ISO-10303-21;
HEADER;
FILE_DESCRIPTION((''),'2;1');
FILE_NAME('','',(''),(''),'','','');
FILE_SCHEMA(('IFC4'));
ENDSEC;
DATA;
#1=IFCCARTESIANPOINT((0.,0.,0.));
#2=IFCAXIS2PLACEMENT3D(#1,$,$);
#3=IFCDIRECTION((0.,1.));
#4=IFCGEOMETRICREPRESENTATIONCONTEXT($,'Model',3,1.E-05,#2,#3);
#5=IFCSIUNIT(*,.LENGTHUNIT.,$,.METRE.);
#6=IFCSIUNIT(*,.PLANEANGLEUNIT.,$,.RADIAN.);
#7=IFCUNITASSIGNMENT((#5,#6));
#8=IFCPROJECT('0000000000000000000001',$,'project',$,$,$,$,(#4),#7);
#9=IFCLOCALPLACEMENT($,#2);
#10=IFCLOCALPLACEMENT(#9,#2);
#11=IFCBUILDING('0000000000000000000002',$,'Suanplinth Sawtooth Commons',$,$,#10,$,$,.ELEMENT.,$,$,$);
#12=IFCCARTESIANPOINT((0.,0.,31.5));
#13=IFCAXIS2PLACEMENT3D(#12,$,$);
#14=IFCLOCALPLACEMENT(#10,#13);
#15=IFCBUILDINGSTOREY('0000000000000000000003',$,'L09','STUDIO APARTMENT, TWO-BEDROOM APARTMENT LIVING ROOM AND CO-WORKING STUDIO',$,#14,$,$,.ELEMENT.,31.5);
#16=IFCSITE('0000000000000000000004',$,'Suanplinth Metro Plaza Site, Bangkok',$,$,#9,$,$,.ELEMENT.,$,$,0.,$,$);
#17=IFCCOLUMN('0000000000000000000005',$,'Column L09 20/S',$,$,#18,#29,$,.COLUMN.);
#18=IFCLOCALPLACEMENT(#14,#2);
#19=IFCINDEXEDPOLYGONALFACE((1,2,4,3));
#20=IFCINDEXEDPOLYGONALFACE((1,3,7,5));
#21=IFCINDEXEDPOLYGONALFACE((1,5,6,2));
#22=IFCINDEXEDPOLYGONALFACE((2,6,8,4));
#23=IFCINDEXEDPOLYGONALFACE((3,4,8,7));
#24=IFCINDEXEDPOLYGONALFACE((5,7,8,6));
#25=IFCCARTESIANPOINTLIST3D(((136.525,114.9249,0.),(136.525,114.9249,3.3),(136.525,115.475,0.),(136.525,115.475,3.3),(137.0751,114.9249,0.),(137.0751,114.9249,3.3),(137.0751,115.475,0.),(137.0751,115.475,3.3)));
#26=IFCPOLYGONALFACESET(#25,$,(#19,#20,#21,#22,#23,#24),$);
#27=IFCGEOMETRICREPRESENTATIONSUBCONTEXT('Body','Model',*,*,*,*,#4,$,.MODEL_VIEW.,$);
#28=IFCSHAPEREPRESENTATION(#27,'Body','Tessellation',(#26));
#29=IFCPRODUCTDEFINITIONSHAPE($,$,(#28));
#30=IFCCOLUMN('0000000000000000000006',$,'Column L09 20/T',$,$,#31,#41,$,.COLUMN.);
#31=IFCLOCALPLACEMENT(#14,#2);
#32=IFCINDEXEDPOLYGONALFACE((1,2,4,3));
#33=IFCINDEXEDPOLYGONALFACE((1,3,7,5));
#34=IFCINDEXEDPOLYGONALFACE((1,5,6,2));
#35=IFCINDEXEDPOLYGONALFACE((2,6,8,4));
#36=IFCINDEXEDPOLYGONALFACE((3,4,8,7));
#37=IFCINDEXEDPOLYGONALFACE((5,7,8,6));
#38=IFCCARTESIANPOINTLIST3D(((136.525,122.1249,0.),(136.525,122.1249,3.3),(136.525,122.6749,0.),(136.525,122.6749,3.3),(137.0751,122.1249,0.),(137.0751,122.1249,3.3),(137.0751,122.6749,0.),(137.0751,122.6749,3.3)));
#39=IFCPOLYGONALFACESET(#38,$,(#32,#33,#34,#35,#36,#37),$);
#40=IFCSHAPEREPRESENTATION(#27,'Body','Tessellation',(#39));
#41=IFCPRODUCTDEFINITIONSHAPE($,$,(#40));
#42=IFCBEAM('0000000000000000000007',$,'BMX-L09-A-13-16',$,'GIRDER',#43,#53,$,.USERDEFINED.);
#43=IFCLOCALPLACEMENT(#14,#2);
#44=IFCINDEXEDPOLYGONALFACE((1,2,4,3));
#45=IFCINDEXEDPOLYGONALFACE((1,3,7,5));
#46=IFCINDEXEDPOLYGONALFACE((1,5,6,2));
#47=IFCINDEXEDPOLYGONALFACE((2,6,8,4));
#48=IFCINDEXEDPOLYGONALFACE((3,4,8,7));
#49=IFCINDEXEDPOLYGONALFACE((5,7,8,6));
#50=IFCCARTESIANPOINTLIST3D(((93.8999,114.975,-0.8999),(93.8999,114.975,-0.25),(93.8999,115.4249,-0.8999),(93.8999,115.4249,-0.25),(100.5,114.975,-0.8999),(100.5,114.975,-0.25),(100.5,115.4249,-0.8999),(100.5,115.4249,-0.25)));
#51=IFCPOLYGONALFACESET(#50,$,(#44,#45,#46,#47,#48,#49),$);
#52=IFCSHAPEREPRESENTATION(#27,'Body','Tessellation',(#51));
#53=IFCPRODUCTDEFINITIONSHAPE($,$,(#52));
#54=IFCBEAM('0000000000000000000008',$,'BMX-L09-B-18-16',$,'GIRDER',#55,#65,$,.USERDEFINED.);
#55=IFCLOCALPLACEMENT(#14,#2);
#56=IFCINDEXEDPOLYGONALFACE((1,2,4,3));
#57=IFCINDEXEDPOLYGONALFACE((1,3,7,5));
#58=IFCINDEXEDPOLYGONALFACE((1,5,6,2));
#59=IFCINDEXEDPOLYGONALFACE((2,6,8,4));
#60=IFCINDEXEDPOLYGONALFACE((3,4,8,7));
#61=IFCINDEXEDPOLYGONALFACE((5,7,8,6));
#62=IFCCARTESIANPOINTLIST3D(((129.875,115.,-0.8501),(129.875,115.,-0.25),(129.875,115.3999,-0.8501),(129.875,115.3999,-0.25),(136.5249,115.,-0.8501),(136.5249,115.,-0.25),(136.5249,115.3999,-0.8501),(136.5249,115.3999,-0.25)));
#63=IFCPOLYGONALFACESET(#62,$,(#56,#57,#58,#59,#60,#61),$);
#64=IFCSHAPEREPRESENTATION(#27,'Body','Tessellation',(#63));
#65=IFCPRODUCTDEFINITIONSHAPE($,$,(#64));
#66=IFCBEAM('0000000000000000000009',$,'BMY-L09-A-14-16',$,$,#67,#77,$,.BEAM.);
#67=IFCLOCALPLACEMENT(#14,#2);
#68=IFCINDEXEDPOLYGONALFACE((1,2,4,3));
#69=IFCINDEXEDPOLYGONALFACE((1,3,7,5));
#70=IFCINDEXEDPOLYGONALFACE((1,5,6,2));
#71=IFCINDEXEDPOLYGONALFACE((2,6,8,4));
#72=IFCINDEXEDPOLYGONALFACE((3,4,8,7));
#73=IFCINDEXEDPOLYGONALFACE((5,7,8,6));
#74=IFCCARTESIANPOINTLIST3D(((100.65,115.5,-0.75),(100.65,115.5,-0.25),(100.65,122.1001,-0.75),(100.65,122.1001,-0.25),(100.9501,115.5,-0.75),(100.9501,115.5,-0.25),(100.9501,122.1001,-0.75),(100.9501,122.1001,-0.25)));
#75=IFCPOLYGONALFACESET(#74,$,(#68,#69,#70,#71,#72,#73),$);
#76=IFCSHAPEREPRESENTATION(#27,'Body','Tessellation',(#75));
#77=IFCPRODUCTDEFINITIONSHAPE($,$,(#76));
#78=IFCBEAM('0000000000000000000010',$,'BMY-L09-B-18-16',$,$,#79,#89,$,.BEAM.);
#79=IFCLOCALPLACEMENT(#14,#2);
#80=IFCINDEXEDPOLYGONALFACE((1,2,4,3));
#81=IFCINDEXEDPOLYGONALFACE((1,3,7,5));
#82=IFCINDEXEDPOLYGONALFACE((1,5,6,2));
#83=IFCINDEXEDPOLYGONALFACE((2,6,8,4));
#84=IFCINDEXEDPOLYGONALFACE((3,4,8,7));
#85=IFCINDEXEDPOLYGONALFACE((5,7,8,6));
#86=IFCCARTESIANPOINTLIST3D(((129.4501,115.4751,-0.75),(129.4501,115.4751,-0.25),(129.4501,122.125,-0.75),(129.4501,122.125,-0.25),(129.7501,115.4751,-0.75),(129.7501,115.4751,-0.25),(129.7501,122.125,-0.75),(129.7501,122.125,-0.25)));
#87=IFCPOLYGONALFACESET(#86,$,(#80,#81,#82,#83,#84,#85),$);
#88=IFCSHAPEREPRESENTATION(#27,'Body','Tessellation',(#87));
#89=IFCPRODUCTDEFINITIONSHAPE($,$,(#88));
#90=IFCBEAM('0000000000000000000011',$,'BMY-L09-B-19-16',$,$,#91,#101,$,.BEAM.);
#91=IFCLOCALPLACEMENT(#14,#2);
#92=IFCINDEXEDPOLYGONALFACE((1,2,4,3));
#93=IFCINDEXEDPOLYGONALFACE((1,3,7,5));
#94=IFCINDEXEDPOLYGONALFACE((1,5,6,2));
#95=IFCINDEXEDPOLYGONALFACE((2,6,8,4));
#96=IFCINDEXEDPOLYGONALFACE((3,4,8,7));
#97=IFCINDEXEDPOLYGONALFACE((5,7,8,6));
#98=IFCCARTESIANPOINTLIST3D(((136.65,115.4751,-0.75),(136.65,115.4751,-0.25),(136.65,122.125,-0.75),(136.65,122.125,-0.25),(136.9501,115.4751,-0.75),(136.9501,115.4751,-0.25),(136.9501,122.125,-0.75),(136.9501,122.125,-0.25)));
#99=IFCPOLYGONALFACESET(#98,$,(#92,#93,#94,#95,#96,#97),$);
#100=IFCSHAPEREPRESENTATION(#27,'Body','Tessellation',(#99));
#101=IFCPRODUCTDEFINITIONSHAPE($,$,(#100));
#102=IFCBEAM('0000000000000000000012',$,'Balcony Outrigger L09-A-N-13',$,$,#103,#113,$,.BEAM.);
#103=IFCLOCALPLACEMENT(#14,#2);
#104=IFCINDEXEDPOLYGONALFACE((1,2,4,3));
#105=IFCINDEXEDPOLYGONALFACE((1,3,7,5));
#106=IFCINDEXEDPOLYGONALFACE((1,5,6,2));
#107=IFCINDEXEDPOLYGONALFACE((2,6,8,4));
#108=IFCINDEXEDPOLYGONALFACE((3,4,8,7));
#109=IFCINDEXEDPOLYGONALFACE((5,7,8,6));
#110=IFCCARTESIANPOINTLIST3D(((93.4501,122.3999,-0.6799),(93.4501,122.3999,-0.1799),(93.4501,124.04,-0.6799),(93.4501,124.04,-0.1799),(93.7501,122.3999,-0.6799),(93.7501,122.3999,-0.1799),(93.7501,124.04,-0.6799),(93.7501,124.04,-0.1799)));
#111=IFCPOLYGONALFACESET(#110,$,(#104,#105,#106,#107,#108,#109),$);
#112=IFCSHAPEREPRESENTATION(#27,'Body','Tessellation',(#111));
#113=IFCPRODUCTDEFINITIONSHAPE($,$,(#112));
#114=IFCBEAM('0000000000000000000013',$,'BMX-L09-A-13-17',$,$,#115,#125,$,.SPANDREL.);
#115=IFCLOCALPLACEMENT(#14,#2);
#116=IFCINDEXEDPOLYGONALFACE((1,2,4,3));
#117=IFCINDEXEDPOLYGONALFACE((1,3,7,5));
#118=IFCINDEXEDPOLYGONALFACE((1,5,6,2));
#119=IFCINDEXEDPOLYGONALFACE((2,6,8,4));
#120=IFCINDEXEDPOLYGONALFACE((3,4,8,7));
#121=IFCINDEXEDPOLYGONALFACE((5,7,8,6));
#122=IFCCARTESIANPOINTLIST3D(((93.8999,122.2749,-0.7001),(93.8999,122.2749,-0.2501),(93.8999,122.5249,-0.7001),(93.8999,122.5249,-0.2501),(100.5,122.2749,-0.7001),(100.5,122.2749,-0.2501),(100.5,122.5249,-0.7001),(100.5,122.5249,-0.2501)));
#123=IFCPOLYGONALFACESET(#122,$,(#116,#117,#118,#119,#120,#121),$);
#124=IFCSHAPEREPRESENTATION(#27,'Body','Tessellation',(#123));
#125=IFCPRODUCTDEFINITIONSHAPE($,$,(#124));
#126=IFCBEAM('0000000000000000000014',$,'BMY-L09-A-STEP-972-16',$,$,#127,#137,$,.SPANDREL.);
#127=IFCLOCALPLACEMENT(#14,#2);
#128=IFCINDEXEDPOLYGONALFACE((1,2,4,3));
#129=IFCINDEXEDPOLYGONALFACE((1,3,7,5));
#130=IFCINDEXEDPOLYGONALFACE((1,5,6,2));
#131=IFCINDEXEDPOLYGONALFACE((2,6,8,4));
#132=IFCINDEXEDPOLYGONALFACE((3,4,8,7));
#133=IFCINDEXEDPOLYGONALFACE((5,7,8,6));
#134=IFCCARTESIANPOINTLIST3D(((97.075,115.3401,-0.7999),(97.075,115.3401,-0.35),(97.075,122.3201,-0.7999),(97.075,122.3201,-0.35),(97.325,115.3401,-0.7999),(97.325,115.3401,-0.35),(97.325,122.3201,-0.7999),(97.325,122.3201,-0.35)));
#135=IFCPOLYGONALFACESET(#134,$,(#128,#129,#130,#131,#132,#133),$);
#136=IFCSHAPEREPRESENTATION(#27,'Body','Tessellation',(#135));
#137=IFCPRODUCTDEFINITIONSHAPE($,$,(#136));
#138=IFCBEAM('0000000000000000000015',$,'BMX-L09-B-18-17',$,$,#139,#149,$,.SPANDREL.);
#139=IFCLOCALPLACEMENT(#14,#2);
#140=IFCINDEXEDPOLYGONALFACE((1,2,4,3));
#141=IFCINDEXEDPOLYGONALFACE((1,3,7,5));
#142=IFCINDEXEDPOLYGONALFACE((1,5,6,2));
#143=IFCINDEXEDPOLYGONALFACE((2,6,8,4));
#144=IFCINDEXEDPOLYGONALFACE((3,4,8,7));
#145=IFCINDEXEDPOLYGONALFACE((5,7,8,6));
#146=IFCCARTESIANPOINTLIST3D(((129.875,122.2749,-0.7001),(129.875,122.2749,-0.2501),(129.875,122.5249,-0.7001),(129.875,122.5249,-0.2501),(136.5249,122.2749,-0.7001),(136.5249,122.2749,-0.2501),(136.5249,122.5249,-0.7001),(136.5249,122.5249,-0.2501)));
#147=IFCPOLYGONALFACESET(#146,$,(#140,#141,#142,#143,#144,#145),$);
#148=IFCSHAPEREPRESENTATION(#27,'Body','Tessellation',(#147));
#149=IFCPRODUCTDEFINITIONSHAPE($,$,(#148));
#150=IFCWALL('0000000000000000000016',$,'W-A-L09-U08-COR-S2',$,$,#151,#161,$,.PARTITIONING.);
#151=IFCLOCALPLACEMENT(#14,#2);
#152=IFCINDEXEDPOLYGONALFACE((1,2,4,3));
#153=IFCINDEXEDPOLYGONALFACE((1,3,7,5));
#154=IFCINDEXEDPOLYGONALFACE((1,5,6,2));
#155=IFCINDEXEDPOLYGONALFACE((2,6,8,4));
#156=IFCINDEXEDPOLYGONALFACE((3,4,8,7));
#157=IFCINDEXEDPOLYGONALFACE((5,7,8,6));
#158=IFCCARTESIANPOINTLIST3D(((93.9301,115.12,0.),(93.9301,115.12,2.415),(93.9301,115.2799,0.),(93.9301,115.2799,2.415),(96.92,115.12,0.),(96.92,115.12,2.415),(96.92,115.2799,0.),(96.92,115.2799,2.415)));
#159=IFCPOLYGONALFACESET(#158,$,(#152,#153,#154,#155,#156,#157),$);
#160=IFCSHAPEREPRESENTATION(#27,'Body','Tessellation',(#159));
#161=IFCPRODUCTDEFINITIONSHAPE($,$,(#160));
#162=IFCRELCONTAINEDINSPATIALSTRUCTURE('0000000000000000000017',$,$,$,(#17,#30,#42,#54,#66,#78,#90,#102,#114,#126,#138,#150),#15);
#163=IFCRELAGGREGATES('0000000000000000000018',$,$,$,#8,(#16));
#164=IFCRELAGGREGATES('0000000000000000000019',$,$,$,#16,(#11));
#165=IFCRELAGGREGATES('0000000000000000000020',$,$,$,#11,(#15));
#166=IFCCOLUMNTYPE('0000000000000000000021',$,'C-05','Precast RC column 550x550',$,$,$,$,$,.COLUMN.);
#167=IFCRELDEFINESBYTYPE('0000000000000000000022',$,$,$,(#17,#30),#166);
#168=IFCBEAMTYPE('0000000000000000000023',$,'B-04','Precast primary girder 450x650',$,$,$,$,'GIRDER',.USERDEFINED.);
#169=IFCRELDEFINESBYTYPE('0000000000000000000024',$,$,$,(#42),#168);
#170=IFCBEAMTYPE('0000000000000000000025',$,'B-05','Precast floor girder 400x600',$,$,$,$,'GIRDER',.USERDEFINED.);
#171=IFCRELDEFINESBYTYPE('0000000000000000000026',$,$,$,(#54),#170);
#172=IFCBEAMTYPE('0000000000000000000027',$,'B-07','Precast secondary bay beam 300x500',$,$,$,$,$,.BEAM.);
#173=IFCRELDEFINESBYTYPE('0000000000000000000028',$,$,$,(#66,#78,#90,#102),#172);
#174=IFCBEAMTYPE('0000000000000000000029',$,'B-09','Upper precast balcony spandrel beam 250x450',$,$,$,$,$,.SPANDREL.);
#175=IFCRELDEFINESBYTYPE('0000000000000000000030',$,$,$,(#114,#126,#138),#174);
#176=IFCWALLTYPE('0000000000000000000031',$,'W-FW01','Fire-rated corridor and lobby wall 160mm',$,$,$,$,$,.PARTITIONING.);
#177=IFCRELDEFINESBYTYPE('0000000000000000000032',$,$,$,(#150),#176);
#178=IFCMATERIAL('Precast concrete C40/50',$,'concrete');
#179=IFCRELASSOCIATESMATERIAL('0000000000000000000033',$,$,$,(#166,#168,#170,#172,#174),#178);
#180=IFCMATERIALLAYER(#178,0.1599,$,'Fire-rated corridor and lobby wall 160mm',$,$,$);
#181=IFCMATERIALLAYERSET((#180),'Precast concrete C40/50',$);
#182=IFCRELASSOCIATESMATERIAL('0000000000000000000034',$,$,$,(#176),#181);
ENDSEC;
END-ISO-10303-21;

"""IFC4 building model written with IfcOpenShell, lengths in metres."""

from ifc_helpers import new_model, si_unit, direction, frame, frame_2d, origin, origin_2d, place, context, subcontext, project, spatial, rectangle, extrude, material, layer, layer_set, material_profile, profile_set, type_object, element, save


model = new_model("IFC4")

# Units and contexts
model_context = context("Model", 3, precision=1e-05, world=origin(), true_north=direction((0.0, 1.0)))
body_context = subcontext(model_context, "Body", "Model", "MODEL_VIEW")
ifc_project = project(units=[si_unit("LENGTHUNIT", "METRE"), si_unit("PLANEANGLEUNIT", "RADIAN")], contexts=[model_context])

# Site, building, storey
site_placement = place(None, origin())
site = spatial("IfcSite", under=ifc_project, at=site_placement, Name="Suanplinth Metro Plaza Site, Bangkok", CompositionType="ELEMENT", RefElevation=0.0)
building_placement = place(site_placement, origin())
building = spatial("IfcBuilding", under=site, at=building_placement, Name="Suanplinth Sawtooth Commons", CompositionType="ELEMENT")
storey_placement = place(building_placement, frame((0.0, 0.0, 31.5)))
storey = spatial("IfcBuildingStorey", under=building, at=storey_placement, Name="L09", Description="STUDIO APARTMENT, TWO-BEDROOM APARTMENT LIVING ROOM AND CO-WORKING STUDIO", CompositionType="ELEMENT", Elevation=31.5)

# Columns
ifc_material_1 = material(Name="Precast concrete C40/50", Category="concrete")
ifc_material_profile_1 = material_profile(ifc_material_1, rectangle(XDim=0.55, YDim=0.55, at=origin_2d()), Name="PC-COL 550x550")
ifc_profile_set_1 = profile_set([ifc_material_profile_1], Name="Precast concrete C40/50")
column_type = type_object("IfcColumnType", Name="C-05", Description="Precast RC column 550x550", PredefinedType="COLUMN", material=ifc_profile_set_1)
for number, where, z_axis, x_axis, name in (
    (1, (136.8, 115.2, 0.0), (0.0, 0.0, 1.0), (1.0, 0.0, 0.0), "Column L09 20/S"),
    (2, (136.8, 122.3999, 0.0), (0.0, 0.0, 1.0), (1.0, 0.0, 0.0), "Column L09 20/T"),
):
    element("IfcColumn", number, at=place(storey_placement, frame(where, z_axis=z_axis, x_axis=x_axis)), inside=storey, type_object=column_type, Name=name, PredefinedType="COLUMN", context=body_context, shape_type="SweptSolid", body=[
        extrude(rectangle(XDim=0.55, YDim=0.55, at=origin_2d()), origin(), (0.0, 0.0, 1.0), 3.3),
    ])

# Beams
ifc_material_profile_2 = material_profile(ifc_material_1, rectangle(XDim=0.45, YDim=0.6499, at=origin_2d()), Name="PC-GDR 450x650")
ifc_profile_set_2 = profile_set([ifc_material_profile_2], Name="Precast concrete C40/50")
beam_type_1 = type_object("IfcBeamType", Name="B-04", Description="Precast primary girder 450x650", ElementType="GIRDER", PredefinedType="USERDEFINED", material=ifc_profile_set_2)
beam_1_placement = place(storey_placement, frame((93.8999, 115.2, -0.575), z_axis=(1.0, 0.0, 0.0), x_axis=(0.0, 1.0, 0.0)))
element("IfcBeam", 3, at=beam_1_placement, inside=storey, type_object=beam_type_1, Name="BMX-L09-A-13-16", ObjectType="GIRDER", PredefinedType="USERDEFINED", context=body_context, shape_type="SweptSolid", body=[
    extrude(rectangle(XDim=0.45, YDim=0.6499, at=origin_2d()), origin(), (0.0, 0.0, 1.0), 6.6001),
])
ifc_material_profile_3 = material_profile(ifc_material_1, rectangle(XDim=0.3999, YDim=0.6001, at=origin_2d()), Name="PC-GDR 400x600")
ifc_profile_set_3 = profile_set([ifc_material_profile_3], Name="Precast concrete C40/50")
beam_type_2 = type_object("IfcBeamType", Name="B-05", Description="Precast floor girder 400x600", ElementType="GIRDER", PredefinedType="USERDEFINED", material=ifc_profile_set_3)
beam_2_placement = place(storey_placement, frame((129.875, 115.2, -0.55), z_axis=(1.0, 0.0, 0.0), x_axis=(0.0, 1.0, 0.0)))
element("IfcBeam", 4, at=beam_2_placement, inside=storey, type_object=beam_type_2, Name="BMX-L09-B-18-16", ObjectType="GIRDER", PredefinedType="USERDEFINED", context=body_context, shape_type="SweptSolid", body=[
    extrude(rectangle(XDim=0.3999, YDim=0.6001, at=origin_2d()), origin(), (0.0, 0.0, 1.0), 6.6499),
])
ifc_material_profile_4 = material_profile(ifc_material_1, rectangle(XDim=0.3, YDim=0.5, at=origin_2d()), Name="PC-BM 300x500")
ifc_profile_set_4 = profile_set([ifc_material_profile_4], Name="Precast concrete C40/50")
beam_type_3 = type_object("IfcBeamType", Name="B-07", Description="Precast secondary bay beam 300x500", PredefinedType="BEAM", material=ifc_profile_set_4)
beam_3_placement = place(storey_placement, frame((100.8, 115.5, -0.5), z_axis=(0.0, 1.0, 0.0), x_axis=(-1.0, 0.0, 0.0)))
element("IfcBeam", 5, at=beam_3_placement, inside=storey, type_object=beam_type_3, Name="BMY-L09-A-14-16", PredefinedType="BEAM", context=body_context, shape_type="SweptSolid", body=[
    extrude(rectangle(XDim=0.3, YDim=0.5, at=origin_2d()), origin(), (0.0, 0.0, 1.0), 6.6001),
])
for number, where, z_axis, x_axis, name in (
    (6, (129.6001, 115.4751, -0.5), (0.0, 1.0, 0.0), (-1.0, 0.0, 0.0), "BMY-L09-B-18-16"),
    (7, (136.8, 115.4751, -0.5), (0.0, 1.0, 0.0), (-1.0, 0.0, 0.0), "BMY-L09-B-19-16"),
):
    element("IfcBeam", number, at=place(storey_placement, frame(where, z_axis=z_axis, x_axis=x_axis)), inside=storey, type_object=beam_type_3, Name=name, PredefinedType="BEAM", context=body_context, shape_type="SweptSolid", body=[
        extrude(rectangle(XDim=0.3, YDim=0.5, at=origin_2d()), origin(), (0.0, 0.0, 1.0), 6.6499),
    ])
beam_4_placement = place(storey_placement, frame((93.6001, 122.3999, -0.4299), z_axis=(0.0, 1.0, 0.0), x_axis=(-1.0, 0.0, 0.0)))
element("IfcBeam", 8, at=beam_4_placement, inside=storey, type_object=beam_type_3, Name="Balcony Outrigger L09-A-N-13", PredefinedType="BEAM", context=body_context, shape_type="SweptSolid", body=[
    extrude(rectangle(XDim=0.3, YDim=0.5, at=origin_2d()), origin(), (0.0, 0.0, 1.0), 1.6401),
])
ifc_material_profile_5 = material_profile(ifc_material_1, rectangle(XDim=0.25, YDim=0.45, at=origin_2d()), Name="PC-SP 250x450")
ifc_profile_set_5 = profile_set([ifc_material_profile_5], Name="Precast concrete C40/50")
beam_type_4 = type_object("IfcBeamType", Name="B-09", Description="Upper precast balcony spandrel beam 250x450", PredefinedType="SPANDREL", material=ifc_profile_set_5)
beam_5_placement = place(storey_placement, frame((93.8999, 122.3999, -0.4751), z_axis=(1.0, 0.0, 0.0), x_axis=(0.0, 1.0, 0.0)))
element("IfcBeam", 9, at=beam_5_placement, inside=storey, type_object=beam_type_4, Name="BMX-L09-A-13-17", PredefinedType="SPANDREL", context=body_context, shape_type="SweptSolid", body=[
    extrude(rectangle(XDim=0.25, YDim=0.45, at=origin_2d()), origin(), (0.0, 0.0, 1.0), 6.6001),
])
beam_6_placement = place(storey_placement, frame((97.2, 115.3401, -0.575), z_axis=(0.0, 1.0, 0.0), x_axis=(-1.0, 0.0, 0.0)))
element("IfcBeam", 10, at=beam_6_placement, inside=storey, type_object=beam_type_4, Name="BMY-L09-A-STEP-972-16", PredefinedType="SPANDREL", context=body_context, shape_type="SweptSolid", body=[
    extrude(rectangle(XDim=0.25, YDim=0.45, at=origin_2d()), origin(), (0.0, 0.0, 1.0), 6.98),
])
beam_7_placement = place(storey_placement, frame((129.875, 122.3999, -0.4751), z_axis=(1.0, 0.0, 0.0), x_axis=(0.0, 1.0, 0.0)))
element("IfcBeam", 11, at=beam_7_placement, inside=storey, type_object=beam_type_4, Name="BMX-L09-B-18-17", PredefinedType="SPANDREL", context=body_context, shape_type="SweptSolid", body=[
    extrude(rectangle(XDim=0.25, YDim=0.45, at=origin_2d()), origin(), (0.0, 0.0, 1.0), 6.6499),
])

# Wall
ifc_layer_1 = layer(ifc_material_1, 0.1599, Name="Fire-rated corridor and lobby wall 160mm")
ifc_layer_set_1 = layer_set([ifc_layer_1], Name="Precast concrete C40/50")
wall_type_1 = type_object("IfcWallType", Name="W-FW01", Description="Fire-rated corridor and lobby wall 160mm", PredefinedType="PARTITIONING", material=ifc_layer_set_1)
wall_1_placement = place(storey_placement, frame((93.9299, 115.2, 0.0), z_axis=(0.0, 0.0, 1.0), x_axis=(1.0, 0.0, 0.0)))
element("IfcWall", 12, at=wall_1_placement, inside=storey, type_object=wall_type_1, Name="W-A-L09-U08-COR-S2", PredefinedType="PARTITIONING", context=body_context, shape_type="SweptSolid", body=[
    extrude(rectangle(XDim=2.99, YDim=0.1599, at=frame_2d((1.4951, 0.0))), origin(), (0.0, 0.0, 1.0), 2.415),
])

save(model, "model.ifc")
